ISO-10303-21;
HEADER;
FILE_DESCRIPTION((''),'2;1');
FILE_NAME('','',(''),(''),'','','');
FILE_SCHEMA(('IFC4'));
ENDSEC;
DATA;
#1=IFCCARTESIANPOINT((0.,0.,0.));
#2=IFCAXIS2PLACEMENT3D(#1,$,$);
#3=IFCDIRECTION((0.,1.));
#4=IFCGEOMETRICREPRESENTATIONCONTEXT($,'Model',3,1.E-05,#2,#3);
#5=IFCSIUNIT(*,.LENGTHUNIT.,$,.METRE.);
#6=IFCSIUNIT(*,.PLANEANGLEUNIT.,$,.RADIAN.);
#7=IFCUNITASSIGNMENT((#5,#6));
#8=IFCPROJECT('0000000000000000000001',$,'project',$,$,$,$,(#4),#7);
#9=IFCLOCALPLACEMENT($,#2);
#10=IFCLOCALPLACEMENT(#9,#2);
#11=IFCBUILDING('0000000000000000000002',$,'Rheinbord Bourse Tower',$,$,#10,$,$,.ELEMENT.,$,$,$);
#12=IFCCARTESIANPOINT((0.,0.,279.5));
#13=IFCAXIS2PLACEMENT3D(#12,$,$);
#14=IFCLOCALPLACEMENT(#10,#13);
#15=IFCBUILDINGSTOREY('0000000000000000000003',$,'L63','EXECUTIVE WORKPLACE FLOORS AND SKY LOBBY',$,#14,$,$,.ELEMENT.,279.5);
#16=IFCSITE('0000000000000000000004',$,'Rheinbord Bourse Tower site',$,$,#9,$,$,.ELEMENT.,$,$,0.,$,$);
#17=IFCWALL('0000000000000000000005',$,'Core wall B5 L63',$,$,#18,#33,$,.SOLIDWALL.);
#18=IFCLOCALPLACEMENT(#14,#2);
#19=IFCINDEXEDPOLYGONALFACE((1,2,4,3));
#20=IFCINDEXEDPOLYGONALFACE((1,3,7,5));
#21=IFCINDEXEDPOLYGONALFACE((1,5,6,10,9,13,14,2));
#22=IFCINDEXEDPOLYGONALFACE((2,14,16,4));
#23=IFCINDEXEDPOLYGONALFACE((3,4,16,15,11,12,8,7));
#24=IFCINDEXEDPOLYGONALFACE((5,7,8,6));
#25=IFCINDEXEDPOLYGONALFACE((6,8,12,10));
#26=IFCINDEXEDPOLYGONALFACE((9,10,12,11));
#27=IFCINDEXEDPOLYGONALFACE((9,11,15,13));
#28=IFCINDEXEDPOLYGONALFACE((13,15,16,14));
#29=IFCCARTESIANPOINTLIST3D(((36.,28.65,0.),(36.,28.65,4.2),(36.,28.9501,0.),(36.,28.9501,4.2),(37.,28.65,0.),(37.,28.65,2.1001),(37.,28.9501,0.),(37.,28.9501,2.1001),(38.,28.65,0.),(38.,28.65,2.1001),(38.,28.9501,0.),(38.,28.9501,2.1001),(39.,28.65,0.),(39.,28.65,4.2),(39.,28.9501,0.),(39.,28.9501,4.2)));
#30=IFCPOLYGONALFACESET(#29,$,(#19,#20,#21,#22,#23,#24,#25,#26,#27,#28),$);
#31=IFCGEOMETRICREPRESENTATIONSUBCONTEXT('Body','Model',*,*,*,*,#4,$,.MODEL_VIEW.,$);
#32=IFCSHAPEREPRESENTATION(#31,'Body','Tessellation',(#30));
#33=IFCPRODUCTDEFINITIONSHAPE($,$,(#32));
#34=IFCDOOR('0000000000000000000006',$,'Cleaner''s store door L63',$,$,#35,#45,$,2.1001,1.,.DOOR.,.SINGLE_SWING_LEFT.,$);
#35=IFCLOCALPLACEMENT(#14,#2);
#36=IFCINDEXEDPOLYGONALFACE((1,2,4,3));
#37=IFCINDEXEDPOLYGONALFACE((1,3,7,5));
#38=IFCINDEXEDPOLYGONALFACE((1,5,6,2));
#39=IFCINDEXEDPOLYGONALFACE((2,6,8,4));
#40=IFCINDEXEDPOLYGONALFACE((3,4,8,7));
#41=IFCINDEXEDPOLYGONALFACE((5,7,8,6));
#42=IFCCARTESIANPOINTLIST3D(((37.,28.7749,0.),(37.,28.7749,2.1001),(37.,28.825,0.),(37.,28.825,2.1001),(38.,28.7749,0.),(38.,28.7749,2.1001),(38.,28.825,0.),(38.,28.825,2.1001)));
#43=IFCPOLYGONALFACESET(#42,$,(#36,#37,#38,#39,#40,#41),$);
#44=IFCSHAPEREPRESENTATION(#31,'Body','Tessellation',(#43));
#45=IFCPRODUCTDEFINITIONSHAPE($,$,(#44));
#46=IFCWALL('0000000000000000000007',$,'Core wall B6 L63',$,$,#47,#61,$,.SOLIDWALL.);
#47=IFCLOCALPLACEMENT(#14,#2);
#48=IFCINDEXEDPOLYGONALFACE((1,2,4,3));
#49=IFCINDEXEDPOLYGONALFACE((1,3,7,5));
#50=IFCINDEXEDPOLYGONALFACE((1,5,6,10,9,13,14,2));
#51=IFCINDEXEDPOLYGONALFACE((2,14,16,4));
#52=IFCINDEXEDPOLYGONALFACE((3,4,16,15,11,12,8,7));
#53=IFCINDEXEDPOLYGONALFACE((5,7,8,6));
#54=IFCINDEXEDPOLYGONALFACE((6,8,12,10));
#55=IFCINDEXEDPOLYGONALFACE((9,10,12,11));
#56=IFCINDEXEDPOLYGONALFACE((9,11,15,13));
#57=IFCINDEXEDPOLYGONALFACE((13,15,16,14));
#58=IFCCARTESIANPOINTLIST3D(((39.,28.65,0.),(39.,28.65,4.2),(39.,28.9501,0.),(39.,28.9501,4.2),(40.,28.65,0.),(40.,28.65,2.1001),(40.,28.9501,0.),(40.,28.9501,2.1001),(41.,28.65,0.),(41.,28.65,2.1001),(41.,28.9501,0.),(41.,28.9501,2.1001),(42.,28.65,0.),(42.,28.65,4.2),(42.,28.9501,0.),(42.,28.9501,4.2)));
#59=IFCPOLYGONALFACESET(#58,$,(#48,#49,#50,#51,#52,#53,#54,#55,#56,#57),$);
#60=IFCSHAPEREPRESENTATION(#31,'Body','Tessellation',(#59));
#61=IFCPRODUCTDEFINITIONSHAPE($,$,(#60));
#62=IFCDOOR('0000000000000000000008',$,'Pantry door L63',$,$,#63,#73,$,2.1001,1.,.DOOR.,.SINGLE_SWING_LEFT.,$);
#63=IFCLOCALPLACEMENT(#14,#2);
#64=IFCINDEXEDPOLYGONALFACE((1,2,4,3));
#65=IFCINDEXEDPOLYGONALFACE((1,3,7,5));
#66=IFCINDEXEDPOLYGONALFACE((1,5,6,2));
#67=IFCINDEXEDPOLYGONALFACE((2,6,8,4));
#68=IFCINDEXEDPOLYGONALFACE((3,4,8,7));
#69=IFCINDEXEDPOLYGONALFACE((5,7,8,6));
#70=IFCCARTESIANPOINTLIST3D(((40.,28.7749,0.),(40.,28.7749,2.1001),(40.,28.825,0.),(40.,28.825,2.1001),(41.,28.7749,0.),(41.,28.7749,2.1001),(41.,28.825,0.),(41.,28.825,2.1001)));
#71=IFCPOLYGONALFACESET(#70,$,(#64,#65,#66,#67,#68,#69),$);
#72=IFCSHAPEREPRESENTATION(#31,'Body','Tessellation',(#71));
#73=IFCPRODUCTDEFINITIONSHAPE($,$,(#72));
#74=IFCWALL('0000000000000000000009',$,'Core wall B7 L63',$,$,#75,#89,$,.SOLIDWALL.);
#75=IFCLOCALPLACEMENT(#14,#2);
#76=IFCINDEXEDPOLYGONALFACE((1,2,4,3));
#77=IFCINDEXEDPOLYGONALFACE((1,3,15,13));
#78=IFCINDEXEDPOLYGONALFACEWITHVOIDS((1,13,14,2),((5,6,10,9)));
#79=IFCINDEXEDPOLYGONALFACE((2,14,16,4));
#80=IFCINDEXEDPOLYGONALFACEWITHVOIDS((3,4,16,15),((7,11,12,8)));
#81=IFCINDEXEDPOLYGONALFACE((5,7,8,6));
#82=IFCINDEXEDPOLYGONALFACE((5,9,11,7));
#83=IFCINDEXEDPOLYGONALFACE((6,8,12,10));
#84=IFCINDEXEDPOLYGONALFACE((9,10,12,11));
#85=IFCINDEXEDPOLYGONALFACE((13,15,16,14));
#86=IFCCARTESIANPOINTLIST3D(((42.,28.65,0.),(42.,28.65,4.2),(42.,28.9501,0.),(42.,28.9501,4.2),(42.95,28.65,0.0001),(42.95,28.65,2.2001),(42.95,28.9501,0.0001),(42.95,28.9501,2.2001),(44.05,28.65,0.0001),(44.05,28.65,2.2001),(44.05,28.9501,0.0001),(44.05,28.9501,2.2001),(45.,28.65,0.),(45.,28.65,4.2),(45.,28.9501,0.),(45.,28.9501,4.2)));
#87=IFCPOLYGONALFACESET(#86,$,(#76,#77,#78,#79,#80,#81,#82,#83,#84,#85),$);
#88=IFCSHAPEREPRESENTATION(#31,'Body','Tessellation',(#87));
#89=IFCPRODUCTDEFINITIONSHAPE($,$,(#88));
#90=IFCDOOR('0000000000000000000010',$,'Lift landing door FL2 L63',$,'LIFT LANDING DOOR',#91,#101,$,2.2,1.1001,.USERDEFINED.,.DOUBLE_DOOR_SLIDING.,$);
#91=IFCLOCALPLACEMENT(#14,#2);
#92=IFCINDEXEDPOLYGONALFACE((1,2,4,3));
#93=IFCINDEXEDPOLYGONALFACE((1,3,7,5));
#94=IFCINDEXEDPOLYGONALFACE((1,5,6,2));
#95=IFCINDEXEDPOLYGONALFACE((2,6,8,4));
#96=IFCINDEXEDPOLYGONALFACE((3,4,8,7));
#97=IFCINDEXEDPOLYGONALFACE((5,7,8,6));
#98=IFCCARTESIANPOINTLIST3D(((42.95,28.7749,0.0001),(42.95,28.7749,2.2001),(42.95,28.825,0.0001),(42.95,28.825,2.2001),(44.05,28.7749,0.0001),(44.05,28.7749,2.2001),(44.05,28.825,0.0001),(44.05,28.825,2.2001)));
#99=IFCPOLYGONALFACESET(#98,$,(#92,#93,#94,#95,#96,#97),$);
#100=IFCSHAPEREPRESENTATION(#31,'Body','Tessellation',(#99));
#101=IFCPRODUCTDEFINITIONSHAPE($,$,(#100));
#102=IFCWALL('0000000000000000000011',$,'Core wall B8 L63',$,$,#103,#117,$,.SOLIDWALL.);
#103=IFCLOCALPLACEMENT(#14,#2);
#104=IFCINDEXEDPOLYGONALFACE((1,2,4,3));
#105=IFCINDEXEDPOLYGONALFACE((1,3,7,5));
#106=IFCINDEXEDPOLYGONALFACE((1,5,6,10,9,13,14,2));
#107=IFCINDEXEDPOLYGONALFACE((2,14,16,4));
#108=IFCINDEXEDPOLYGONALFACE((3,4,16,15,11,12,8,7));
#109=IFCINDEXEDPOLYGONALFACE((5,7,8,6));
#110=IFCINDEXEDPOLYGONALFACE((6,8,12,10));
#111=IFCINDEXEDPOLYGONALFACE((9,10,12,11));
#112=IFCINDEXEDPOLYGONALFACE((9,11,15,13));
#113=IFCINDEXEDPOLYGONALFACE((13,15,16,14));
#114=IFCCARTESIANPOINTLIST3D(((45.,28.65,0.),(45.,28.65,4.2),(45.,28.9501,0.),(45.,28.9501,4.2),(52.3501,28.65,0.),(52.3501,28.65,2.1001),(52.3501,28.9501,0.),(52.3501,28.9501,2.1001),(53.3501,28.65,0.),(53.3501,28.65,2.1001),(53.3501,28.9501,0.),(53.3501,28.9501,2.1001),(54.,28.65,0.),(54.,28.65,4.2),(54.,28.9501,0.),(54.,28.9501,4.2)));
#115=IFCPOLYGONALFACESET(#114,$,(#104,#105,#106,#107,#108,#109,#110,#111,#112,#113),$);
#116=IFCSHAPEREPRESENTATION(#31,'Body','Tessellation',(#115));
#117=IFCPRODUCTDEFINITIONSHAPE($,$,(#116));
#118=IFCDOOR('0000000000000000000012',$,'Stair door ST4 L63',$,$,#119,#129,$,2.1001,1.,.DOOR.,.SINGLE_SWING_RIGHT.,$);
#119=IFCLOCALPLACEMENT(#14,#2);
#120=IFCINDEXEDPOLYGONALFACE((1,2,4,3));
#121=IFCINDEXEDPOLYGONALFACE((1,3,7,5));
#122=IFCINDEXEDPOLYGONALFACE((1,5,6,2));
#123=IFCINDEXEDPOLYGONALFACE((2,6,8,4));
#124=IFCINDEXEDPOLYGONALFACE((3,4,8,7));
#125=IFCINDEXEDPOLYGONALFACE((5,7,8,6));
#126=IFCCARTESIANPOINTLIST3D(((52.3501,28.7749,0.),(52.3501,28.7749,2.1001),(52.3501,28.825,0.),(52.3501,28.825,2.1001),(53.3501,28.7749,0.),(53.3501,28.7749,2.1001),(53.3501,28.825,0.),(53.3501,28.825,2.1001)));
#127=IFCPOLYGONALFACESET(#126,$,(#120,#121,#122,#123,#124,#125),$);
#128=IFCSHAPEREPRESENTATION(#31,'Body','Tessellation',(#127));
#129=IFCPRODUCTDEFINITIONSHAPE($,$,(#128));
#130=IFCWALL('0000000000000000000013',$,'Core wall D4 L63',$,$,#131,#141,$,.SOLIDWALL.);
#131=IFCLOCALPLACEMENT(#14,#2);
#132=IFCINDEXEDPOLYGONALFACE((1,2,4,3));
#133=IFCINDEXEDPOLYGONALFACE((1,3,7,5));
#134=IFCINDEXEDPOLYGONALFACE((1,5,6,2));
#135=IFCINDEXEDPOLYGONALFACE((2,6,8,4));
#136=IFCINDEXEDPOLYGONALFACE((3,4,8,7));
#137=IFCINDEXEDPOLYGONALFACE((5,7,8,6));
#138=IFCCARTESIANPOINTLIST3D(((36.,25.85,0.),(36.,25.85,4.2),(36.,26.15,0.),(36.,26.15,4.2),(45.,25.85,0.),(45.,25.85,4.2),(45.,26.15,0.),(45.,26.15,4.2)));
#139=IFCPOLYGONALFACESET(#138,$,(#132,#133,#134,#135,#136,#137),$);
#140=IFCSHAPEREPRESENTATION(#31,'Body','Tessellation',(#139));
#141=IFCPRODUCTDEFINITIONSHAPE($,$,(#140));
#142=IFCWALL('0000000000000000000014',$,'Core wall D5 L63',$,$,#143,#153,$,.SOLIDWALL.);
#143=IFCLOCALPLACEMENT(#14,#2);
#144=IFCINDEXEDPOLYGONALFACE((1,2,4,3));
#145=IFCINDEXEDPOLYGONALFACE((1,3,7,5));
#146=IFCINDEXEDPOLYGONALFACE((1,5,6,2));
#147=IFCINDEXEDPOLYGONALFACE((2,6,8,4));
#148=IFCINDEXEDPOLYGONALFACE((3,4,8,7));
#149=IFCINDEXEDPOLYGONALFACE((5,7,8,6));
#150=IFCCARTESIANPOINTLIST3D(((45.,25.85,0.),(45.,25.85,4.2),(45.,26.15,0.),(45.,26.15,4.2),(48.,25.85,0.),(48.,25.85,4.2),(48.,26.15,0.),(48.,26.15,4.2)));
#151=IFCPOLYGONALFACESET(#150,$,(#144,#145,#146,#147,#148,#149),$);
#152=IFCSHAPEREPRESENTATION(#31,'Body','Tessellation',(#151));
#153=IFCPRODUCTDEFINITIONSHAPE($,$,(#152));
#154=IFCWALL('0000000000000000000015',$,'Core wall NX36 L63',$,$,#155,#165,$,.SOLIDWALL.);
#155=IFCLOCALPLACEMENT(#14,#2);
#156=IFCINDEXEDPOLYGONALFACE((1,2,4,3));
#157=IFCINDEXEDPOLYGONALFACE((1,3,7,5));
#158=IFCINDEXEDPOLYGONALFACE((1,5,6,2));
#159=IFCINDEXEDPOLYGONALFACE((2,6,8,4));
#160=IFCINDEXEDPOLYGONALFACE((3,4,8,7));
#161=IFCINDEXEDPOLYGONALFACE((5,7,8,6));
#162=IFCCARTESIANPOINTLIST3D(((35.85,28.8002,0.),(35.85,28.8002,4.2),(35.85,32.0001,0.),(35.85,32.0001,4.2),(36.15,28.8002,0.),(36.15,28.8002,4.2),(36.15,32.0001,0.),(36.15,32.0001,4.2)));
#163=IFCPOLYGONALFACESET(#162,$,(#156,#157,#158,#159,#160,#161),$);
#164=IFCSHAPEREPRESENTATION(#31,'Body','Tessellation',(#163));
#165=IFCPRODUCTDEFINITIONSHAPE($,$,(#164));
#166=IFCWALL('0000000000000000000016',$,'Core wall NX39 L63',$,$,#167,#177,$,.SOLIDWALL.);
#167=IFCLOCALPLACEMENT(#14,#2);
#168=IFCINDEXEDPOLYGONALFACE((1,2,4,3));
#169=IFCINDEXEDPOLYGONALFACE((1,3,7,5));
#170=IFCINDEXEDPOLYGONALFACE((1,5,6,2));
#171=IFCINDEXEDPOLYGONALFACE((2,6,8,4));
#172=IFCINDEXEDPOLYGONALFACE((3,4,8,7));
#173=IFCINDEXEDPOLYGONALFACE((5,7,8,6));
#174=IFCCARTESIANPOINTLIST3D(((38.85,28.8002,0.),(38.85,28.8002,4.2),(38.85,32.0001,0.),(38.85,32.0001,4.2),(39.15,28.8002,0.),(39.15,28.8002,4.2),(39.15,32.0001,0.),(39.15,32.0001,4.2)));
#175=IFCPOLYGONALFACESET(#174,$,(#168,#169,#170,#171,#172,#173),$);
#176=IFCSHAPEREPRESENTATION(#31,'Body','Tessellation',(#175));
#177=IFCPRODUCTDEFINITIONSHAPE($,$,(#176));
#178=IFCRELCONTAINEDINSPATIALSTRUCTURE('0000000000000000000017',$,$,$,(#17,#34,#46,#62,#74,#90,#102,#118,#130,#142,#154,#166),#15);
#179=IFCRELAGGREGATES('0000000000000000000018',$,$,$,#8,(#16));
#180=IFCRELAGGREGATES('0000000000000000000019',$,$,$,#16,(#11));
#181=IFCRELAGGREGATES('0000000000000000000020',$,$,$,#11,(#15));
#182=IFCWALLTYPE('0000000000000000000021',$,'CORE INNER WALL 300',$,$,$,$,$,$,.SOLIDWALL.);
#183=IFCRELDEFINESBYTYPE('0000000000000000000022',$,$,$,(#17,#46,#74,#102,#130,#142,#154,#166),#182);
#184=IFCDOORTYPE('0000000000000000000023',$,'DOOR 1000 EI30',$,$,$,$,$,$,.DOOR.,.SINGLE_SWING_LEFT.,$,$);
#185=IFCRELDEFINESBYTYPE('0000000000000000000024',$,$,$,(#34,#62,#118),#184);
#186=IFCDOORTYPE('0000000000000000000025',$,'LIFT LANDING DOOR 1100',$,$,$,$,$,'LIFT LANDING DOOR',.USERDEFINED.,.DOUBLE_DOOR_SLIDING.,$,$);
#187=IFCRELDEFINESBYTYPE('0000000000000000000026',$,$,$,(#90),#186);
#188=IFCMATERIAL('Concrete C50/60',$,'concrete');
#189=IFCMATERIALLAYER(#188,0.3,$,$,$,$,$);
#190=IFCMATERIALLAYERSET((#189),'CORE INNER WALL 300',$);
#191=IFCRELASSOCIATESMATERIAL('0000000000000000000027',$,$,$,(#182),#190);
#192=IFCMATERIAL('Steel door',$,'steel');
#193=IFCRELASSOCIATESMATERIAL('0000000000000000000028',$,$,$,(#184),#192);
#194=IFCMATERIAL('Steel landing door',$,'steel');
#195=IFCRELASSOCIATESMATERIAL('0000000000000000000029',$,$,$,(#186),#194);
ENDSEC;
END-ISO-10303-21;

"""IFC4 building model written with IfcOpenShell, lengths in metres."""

from ifc_helpers import new_model, si_unit, direction, frame, frame_2d, origin, place, context, subcontext, project, spatial, rectangle, extrude, material, layer, layer_set, type_object, element, fill, save


model = new_model("IFC4")

# Units and contexts
model_context = context("Model", 3, precision=1e-05, world=origin(), true_north=direction((0.0, 1.0)))
body_context = subcontext(model_context, "Body", "Model", "MODEL_VIEW")
ifc_project = project(units=[si_unit("LENGTHUNIT", "METRE"), si_unit("PLANEANGLEUNIT", "RADIAN")], contexts=[model_context])

# Site, building, storey
site_placement = place(None, origin())
site = spatial("IfcSite", under=ifc_project, at=site_placement, Name="Rheinbord Bourse Tower site", CompositionType="ELEMENT", RefElevation=0.0)
building_placement = place(site_placement, origin())
building = spatial("IfcBuilding", under=site, at=building_placement, Name="Rheinbord Bourse Tower", CompositionType="ELEMENT")
storey_placement = place(building_placement, frame((0.0, 0.0, 279.5)))
storey = spatial("IfcBuildingStorey", under=building, at=storey_placement, Name="L63", Description="EXECUTIVE WORKPLACE FLOORS AND SKY LOBBY", CompositionType="ELEMENT", Elevation=279.5)

# Walls, openings, doors
ifc_material_1 = material(Name="Concrete C50/60", Category="concrete")
ifc_layer_1 = layer(ifc_material_1, 0.3)
ifc_layer_set_1 = layer_set([ifc_layer_1], Name="CORE INNER WALL 300")
wall_type_1 = type_object("IfcWallType", Name="CORE INNER WALL 300", PredefinedType="SOLIDWALL", material=ifc_layer_set_1)
wall_1_placement = place(storey_placement, frame((36.0, 28.8, 0.0), z_axis=(0.0, 0.0, 1.0), x_axis=(1.0, 0.0, 0.0)))
wall_1 = element("IfcWall", 1, at=wall_1_placement, inside=storey, type_object=wall_type_1, Name="Core wall B5 L63", PredefinedType="SOLIDWALL", context=body_context, shape_type="SweptSolid", body=[
    extrude(rectangle(XDim=3.0, YDim=0.3, at=frame_2d((1.5, 0.0))), origin(), (0.0, 0.0, 1.0), 4.2),
])
opening_1_placement = place(wall_1_placement, frame((1.0, 0.0, 0.0)))
opening_1 = element("IfcOpeningElement", 2, at=opening_1_placement, cuts=wall_1, PredefinedType="OPENING", context=body_context, shape_type="SweptSolid", body=[
    extrude(rectangle(XDim=1.0, YDim=2.1001, at=frame_2d((0.5, 1.05))), frame((0.0, 0.1599, 0.0), z_axis=(0.0, -1.0, 0.0), x_axis=(1.0, 0.0, 0.0)), (0.0, 0.0, 1.0), 0.3201),
])
ifc_material_2 = material(Name="Steel door", Category="steel")
door_type_1 = type_object("IfcDoorType", Name="DOOR 1000 EI30", OperationType="SINGLE_SWING_LEFT", PredefinedType="DOOR", material=ifc_material_2)
door_1_placement = place(opening_1_placement, origin())
door_1 = element("IfcDoor", 3, at=door_1_placement, inside=storey, type_object=door_type_1, Name="Cleaner's store door L63", OperationType="SINGLE_SWING_LEFT", OverallHeight=2.1001, OverallWidth=1.0, PredefinedType="DOOR", context=body_context, shape_type="SweptSolid", body=[
    extrude(rectangle(XDim=1.0, YDim=2.1001, at=frame_2d((0.5, 1.05))), frame((0.0, 0.0249, 0.0), z_axis=(0.0, -1.0, 0.0), x_axis=(1.0, 0.0, 0.0)), (0.0, 0.0, 1.0), 0.05),
])
fill(opening_1, door_1)
wall_2_placement = place(storey_placement, frame((39.0, 28.8, 0.0), z_axis=(0.0, 0.0, 1.0), x_axis=(1.0, 0.0, 0.0)))
wall_2 = element("IfcWall", 4, at=wall_2_placement, inside=storey, type_object=wall_type_1, Name="Core wall B6 L63", PredefinedType="SOLIDWALL", context=body_context, shape_type="SweptSolid", body=[
    extrude(rectangle(XDim=3.0, YDim=0.3, at=frame_2d((1.5, 0.0))), origin(), (0.0, 0.0, 1.0), 4.2),
])
opening_2_placement = place(wall_2_placement, frame((1.0, 0.0, 0.0)))
opening_2 = element("IfcOpeningElement", 5, at=opening_2_placement, cuts=wall_2, PredefinedType="OPENING", context=body_context, shape_type="SweptSolid", body=[
    extrude(rectangle(XDim=1.0, YDim=2.1001, at=frame_2d((0.5, 1.05))), frame((0.0, 0.1599, 0.0), z_axis=(0.0, -1.0, 0.0), x_axis=(1.0, 0.0, 0.0)), (0.0, 0.0, 1.0), 0.3201),
])
door_2_placement = place(opening_2_placement, origin())
door_2 = element("IfcDoor", 6, at=door_2_placement, inside=storey, type_object=door_type_1, Name="Pantry door L63", OperationType="SINGLE_SWING_LEFT", OverallHeight=2.1001, OverallWidth=1.0, PredefinedType="DOOR", context=body_context, shape_type="SweptSolid", body=[
    extrude(rectangle(XDim=1.0, YDim=2.1001, at=frame_2d((0.5, 1.05))), frame((0.0, 0.0249, 0.0), z_axis=(0.0, -1.0, 0.0), x_axis=(1.0, 0.0, 0.0)), (0.0, 0.0, 1.0), 0.05),
])
fill(opening_2, door_2)
wall_3_placement = place(storey_placement, frame((42.0, 28.8, 0.0), z_axis=(0.0, 0.0, 1.0), x_axis=(1.0, 0.0, 0.0)))
wall_3 = element("IfcWall", 7, at=wall_3_placement, inside=storey, type_object=wall_type_1, Name="Core wall B7 L63", PredefinedType="SOLIDWALL", context=body_context, shape_type="SweptSolid", body=[
    extrude(rectangle(XDim=3.0, YDim=0.3, at=frame_2d((1.5, 0.0))), origin(), (0.0, 0.0, 1.0), 4.2),
])
opening_3_placement = place(wall_3_placement, frame((0.95, 0.0, 0.0)))
opening_3 = element("IfcOpeningElement", 8, at=opening_3_placement, cuts=wall_3, PredefinedType="OPENING", context=body_context, shape_type="SweptSolid", body=[
    extrude(rectangle(XDim=1.1001, YDim=2.2, at=frame_2d((0.55, 1.1001))), frame((0.0, 0.1599, 0.0), z_axis=(0.0, -1.0, 0.0), x_axis=(1.0, 0.0, 0.0)), (0.0, 0.0, 1.0), 0.3201),
])
ifc_material_3 = material(Name="Steel landing door", Category="steel")
door_type_2 = type_object("IfcDoorType", Name="LIFT LANDING DOOR 1100", ElementType="LIFT LANDING DOOR", OperationType="DOUBLE_DOOR_SLIDING", PredefinedType="USERDEFINED", material=ifc_material_3)
door_3_placement = place(opening_3_placement, origin())
door_3 = element("IfcDoor", 9, at=door_3_placement, inside=storey, type_object=door_type_2, Name="Lift landing door FL2 L63", ObjectType="LIFT LANDING DOOR", OperationType="DOUBLE_DOOR_SLIDING", OverallHeight=2.2, OverallWidth=1.1001, PredefinedType="USERDEFINED", context=body_context, shape_type="SweptSolid", body=[
    extrude(rectangle(XDim=1.1001, YDim=2.2, at=frame_2d((0.55, 1.1001))), frame((0.0, 0.0249, 0.0), z_axis=(0.0, -1.0, 0.0), x_axis=(1.0, 0.0, 0.0)), (0.0, 0.0, 1.0), 0.05),
])
fill(opening_3, door_3)
wall_4_placement = place(storey_placement, frame((45.0, 28.8, 0.0), z_axis=(0.0, 0.0, 1.0), x_axis=(1.0, 0.0, 0.0)))
wall_4 = element("IfcWall", 10, at=wall_4_placement, inside=storey, type_object=wall_type_1, Name="Core wall B8 L63", PredefinedType="SOLIDWALL", context=body_context, shape_type="SweptSolid", body=[
    extrude(rectangle(XDim=9.0, YDim=0.3, at=frame_2d((4.5, 0.0))), origin(), (0.0, 0.0, 1.0), 4.2),
])
opening_4_placement = place(wall_4_placement, frame((7.3501, 0.0, 0.0)))
opening_4 = element("IfcOpeningElement", 11, at=opening_4_placement, cuts=wall_4, PredefinedType="OPENING", context=body_context, shape_type="SweptSolid", body=[
    extrude(rectangle(XDim=1.0, YDim=2.1001, at=frame_2d((0.5, 1.05))), frame((0.0, 0.1599, 0.0), z_axis=(0.0, -1.0, 0.0), x_axis=(1.0, 0.0, 0.0)), (0.0, 0.0, 1.0), 0.3201),
])
door_4_placement = place(opening_4_placement, origin())
door_4 = element("IfcDoor", 12, at=door_4_placement, inside=storey, type_object=door_type_1, Name="Stair door ST4 L63", OperationType="SINGLE_SWING_RIGHT", OverallHeight=2.1001, OverallWidth=1.0, PredefinedType="DOOR", context=body_context, shape_type="SweptSolid", body=[
    extrude(rectangle(XDim=1.0, YDim=2.1001, at=frame_2d((0.5, 1.05))), frame((0.0, 0.0249, 0.0), z_axis=(0.0, -1.0, 0.0), x_axis=(1.0, 0.0, 0.0)), (0.0, 0.0, 1.0), 0.05),
])
fill(opening_4, door_4)

# Walls
wall_5_placement = place(storey_placement, frame((36.0, 26.0, 0.0), z_axis=(0.0, 0.0, 1.0), x_axis=(1.0, 0.0, 0.0)))
element("IfcWall", 13, at=wall_5_placement, inside=storey, type_object=wall_type_1, Name="Core wall D4 L63", PredefinedType="SOLIDWALL", context=body_context, shape_type="SweptSolid", body=[
    extrude(rectangle(XDim=9.0, YDim=0.3, at=frame_2d((4.5, 0.0))), origin(), (0.0, 0.0, 1.0), 4.2),
])
wall_6_placement = place(storey_placement, frame((45.0, 26.0, 0.0), z_axis=(0.0, 0.0, 1.0), x_axis=(1.0, 0.0, 0.0)))
element("IfcWall", 14, at=wall_6_placement, inside=storey, type_object=wall_type_1, Name="Core wall D5 L63", PredefinedType="SOLIDWALL", context=body_context, shape_type="SweptSolid", body=[
    extrude(rectangle(XDim=3.0, YDim=0.3, at=frame_2d((1.5, 0.0))), origin(), (0.0, 0.0, 1.0), 4.2),
])
for number, where, z_axis, x_axis, name in (
    (15, (36.0, 28.8, 0.0), (0.0, 0.0, 1.0), (0.0, 1.0, 0.0), "Core wall NX36 L63"),
    (16, (39.0, 28.8, 0.0), (0.0, 0.0, 1.0), (0.0, 1.0, 0.0), "Core wall NX39 L63"),
):
    element("IfcWall", number, at=place(storey_placement, frame(where, z_axis=z_axis, x_axis=x_axis)), inside=storey, type_object=wall_type_1, Name=name, PredefinedType="SOLIDWALL", context=body_context, shape_type="SweptSolid", body=[
        extrude(rectangle(XDim=3.2, YDim=0.3, at=frame_2d((1.6001, 0.0))), origin(), (0.0, 0.0, 1.0), 4.2),
    ])

save(model, "model.ifc")
